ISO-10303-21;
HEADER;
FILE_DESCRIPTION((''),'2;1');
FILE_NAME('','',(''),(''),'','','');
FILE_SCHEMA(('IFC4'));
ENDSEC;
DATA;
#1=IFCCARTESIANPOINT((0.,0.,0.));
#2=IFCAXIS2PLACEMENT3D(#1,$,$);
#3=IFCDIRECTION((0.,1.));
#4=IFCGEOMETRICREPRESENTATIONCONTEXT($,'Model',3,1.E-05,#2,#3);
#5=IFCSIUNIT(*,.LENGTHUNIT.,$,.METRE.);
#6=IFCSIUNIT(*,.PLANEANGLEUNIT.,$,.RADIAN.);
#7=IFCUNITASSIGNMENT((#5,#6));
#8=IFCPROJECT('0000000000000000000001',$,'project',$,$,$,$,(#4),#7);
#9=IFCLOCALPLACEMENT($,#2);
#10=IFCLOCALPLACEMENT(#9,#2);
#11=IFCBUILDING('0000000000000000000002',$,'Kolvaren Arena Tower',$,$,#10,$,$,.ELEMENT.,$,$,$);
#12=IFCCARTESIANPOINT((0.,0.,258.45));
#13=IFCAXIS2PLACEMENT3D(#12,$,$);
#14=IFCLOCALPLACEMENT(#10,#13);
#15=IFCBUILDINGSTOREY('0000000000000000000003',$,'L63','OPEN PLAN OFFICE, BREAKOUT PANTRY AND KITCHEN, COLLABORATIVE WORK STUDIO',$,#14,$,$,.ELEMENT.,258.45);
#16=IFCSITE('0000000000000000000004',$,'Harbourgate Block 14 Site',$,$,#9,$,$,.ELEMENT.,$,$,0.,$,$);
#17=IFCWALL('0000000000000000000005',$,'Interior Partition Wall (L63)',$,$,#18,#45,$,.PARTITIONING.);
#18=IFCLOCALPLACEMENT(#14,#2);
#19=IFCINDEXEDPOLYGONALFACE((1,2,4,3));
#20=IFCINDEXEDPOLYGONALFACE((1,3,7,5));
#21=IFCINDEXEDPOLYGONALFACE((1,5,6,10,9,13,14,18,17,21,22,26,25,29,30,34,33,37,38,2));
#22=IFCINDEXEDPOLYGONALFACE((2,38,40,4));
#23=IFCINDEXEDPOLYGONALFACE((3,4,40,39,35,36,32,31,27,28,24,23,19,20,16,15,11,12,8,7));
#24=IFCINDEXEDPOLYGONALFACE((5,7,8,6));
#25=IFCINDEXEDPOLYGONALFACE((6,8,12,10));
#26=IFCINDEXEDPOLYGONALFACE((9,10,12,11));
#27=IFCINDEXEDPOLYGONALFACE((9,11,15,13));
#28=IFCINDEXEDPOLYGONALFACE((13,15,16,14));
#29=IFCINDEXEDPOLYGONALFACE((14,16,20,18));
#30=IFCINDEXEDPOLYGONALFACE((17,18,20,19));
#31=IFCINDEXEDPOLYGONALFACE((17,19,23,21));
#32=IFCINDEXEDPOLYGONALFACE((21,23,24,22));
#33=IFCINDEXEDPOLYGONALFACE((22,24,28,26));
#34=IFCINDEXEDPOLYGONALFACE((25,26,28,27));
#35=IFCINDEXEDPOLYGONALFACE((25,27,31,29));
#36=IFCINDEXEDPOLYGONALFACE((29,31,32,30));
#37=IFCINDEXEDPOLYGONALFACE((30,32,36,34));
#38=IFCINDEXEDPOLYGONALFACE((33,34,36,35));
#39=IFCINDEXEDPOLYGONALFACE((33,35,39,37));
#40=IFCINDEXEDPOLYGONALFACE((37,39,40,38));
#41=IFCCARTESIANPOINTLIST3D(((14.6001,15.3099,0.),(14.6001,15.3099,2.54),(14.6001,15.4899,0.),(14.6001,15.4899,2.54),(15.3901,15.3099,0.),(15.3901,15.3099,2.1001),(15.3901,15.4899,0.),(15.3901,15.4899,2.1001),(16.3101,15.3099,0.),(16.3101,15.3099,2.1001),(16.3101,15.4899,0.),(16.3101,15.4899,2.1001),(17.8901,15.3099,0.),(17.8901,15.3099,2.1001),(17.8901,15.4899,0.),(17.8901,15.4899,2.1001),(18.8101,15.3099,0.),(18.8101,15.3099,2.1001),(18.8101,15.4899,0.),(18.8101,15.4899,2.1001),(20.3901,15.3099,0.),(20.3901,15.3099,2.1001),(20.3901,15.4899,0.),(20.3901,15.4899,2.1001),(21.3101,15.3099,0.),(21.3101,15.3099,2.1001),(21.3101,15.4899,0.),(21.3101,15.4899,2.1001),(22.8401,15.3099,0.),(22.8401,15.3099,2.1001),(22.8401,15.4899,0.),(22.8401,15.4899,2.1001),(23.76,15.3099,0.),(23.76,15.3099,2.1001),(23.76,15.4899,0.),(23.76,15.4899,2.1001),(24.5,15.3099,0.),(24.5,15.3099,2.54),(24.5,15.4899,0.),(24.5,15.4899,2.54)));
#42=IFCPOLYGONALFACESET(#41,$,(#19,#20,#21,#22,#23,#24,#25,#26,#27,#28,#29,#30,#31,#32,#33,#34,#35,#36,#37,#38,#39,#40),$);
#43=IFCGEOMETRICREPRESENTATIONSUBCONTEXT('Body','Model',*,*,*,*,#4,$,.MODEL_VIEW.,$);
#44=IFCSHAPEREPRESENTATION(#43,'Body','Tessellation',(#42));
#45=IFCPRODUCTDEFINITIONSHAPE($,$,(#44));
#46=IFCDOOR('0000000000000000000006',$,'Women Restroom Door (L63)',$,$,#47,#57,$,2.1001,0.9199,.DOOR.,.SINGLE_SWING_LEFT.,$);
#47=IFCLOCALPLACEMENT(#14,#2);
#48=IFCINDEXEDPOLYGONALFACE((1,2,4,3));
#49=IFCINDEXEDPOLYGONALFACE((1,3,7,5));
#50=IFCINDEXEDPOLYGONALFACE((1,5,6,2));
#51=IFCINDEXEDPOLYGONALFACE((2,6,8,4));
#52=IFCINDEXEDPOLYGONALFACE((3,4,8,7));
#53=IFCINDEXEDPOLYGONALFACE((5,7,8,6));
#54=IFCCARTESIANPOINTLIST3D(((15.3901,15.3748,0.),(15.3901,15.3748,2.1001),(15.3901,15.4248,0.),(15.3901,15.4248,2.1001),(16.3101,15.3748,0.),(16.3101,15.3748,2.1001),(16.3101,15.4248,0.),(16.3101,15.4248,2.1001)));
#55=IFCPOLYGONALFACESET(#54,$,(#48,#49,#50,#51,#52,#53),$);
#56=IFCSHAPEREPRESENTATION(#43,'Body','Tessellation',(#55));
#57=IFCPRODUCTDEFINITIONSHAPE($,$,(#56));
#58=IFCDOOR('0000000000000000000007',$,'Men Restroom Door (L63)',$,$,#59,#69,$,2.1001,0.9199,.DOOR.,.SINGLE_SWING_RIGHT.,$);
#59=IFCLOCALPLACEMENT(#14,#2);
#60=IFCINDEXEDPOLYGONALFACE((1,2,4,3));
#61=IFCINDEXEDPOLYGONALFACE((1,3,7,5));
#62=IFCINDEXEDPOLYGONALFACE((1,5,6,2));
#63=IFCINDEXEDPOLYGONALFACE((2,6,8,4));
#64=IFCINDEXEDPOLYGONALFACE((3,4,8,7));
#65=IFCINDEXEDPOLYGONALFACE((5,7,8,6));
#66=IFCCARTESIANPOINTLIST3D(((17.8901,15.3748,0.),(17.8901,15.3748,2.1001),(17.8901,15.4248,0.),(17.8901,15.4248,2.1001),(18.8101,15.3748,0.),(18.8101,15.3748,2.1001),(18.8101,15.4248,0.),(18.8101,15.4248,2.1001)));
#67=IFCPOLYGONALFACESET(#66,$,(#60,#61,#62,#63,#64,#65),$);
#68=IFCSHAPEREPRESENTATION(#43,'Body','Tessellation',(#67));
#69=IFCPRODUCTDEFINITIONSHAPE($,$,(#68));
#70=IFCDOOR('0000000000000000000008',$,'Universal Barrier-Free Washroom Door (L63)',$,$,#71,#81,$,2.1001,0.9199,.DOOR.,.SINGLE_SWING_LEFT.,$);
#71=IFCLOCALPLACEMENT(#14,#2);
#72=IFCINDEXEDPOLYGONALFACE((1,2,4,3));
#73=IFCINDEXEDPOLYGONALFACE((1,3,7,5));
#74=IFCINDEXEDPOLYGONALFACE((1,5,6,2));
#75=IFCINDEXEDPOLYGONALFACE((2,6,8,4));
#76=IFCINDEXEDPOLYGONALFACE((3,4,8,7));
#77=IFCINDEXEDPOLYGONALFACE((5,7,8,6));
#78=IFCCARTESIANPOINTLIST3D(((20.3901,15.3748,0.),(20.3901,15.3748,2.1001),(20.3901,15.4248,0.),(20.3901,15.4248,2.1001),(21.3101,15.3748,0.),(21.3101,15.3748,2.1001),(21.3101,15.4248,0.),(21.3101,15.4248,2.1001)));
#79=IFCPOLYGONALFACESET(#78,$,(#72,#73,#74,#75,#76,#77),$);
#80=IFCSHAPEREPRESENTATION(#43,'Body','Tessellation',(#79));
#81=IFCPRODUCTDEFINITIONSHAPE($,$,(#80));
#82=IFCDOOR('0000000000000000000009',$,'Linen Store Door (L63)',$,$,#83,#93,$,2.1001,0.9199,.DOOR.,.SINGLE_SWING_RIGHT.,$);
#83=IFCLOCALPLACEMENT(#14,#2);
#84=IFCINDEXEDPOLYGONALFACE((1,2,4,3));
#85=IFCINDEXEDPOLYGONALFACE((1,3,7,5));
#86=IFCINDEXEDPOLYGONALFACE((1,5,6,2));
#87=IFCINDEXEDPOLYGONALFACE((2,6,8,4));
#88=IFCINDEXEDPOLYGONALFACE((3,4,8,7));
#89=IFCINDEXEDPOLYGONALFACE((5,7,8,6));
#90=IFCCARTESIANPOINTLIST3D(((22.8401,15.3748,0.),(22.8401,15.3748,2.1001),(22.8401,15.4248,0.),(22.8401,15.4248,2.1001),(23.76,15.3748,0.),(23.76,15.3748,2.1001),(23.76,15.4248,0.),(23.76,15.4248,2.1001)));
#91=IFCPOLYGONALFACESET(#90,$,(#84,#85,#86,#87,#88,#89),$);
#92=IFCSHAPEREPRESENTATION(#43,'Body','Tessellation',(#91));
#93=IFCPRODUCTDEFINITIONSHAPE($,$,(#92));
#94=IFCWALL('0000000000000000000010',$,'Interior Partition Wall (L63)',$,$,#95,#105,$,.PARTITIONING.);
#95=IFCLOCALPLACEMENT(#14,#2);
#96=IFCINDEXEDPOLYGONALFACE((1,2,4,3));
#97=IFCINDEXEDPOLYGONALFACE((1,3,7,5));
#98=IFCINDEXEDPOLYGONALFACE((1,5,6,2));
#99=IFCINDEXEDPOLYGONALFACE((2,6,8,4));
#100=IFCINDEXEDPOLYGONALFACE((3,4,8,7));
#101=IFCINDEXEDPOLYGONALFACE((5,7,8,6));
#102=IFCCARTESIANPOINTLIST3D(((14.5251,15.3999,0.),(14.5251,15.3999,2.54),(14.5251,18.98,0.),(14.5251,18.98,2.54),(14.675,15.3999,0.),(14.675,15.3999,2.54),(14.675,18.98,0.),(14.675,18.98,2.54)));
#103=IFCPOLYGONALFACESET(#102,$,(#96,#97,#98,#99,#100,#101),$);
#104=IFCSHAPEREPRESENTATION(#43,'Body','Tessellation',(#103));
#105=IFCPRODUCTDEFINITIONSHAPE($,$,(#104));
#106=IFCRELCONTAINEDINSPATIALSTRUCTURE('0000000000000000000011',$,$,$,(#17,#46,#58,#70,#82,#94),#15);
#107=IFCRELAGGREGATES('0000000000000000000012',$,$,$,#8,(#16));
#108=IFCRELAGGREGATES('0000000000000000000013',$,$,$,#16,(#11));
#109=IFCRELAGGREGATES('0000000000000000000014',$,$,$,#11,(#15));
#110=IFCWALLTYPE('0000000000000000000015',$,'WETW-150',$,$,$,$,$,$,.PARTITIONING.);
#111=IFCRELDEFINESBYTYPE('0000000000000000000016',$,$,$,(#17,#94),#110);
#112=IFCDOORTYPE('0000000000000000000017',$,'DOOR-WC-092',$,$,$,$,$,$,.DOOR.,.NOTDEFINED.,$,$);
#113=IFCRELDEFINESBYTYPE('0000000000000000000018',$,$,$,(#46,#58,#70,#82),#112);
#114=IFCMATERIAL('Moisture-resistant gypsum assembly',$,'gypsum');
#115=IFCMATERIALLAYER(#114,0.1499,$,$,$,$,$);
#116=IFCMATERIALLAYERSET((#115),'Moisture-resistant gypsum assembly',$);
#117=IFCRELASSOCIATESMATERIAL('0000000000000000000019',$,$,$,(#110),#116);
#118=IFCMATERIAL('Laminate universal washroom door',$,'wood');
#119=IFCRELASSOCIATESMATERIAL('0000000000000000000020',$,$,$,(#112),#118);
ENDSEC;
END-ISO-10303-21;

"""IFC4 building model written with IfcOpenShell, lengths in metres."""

from ifc_helpers import new_model, si_unit, direction, frame, frame_2d, origin, place, context, subcontext, project, spatial, rectangle, extrude, material, layer, layer_set, type_object, element, fill, save


model = new_model("IFC4")

# Units and contexts
model_context = context("Model", 3, precision=1e-05, world=origin(), true_north=direction((0.0, 1.0)))
body_context = subcontext(model_context, "Body", "Model", "MODEL_VIEW")
ifc_project = project(units=[si_unit("LENGTHUNIT", "METRE"), si_unit("PLANEANGLEUNIT", "RADIAN")], contexts=[model_context])

# Site, building, storey
site_placement = place(None, origin())
site = spatial("IfcSite", under=ifc_project, at=site_placement, Name="Harbourgate Block 14 Site", CompositionType="ELEMENT", RefElevation=0.0)
building_placement = place(site_placement, origin())
building = spatial("IfcBuilding", under=site, at=building_placement, Name="Kolvaren Arena Tower", CompositionType="ELEMENT")
storey_placement = place(building_placement, frame((0.0, 0.0, 258.45)))
storey = spatial("IfcBuildingStorey", under=building, at=storey_placement, Name="L63", Description="OPEN PLAN OFFICE, BREAKOUT PANTRY AND KITCHEN, COLLABORATIVE WORK STUDIO", CompositionType="ELEMENT", Elevation=258.45)

# Wall, openings, doors
ifc_material_1 = material(Name="Moisture-resistant gypsum assembly", Category="gypsum")
ifc_layer_1 = layer(ifc_material_1, 0.1499)
ifc_layer_set_1 = layer_set([ifc_layer_1], Name="Moisture-resistant gypsum assembly")
wall_type_1 = type_object("IfcWallType", Name="WETW-150", PredefinedType="PARTITIONING", material=ifc_layer_set_1)
wall_1_placement = place(storey_placement, frame((14.6001, 15.3999, 0.0), z_axis=(0.0, 0.0, 1.0), x_axis=(1.0, 0.0, 0.0)))
wall_1 = element("IfcWall", 1, at=wall_1_placement, inside=storey, type_object=wall_type_1, Name="Interior Partition Wall (L63)", PredefinedType="PARTITIONING", context=body_context, shape_type="SweptSolid", body=[
    extrude(rectangle(XDim=9.8999, YDim=0.1799, at=frame_2d((4.95, 0.0))), origin(), (0.0, 0.0, 1.0), 2.54),
])
opening_1_placement = place(wall_1_placement, frame((0.79, 0.0, 0.0)))
opening_1 = element("IfcOpeningElement", 2, at=opening_1_placement, cuts=wall_1, PredefinedType="OPENING", context=body_context, shape_type="SweptSolid", body=[
    extrude(rectangle(XDim=0.9199, YDim=2.1001, at=frame_2d((0.46, 1.05))), frame((0.0, 0.0999, 0.0), z_axis=(0.0, -1.0, 0.0), x_axis=(1.0, 0.0, 0.0)), (0.0, 0.0, 1.0), 0.2),
])
opening_2_placement = place(wall_1_placement, frame((3.29, 0.0, 0.0)))
opening_2 = element("IfcOpeningElement", 3, at=opening_2_placement, cuts=wall_1, PredefinedType="OPENING", context=body_context, shape_type="SweptSolid", body=[
    extrude(rectangle(XDim=0.9199, YDim=2.1001, at=frame_2d((0.46, 1.05))), frame((0.0, 0.0999, 0.0), z_axis=(0.0, -1.0, 0.0), x_axis=(1.0, 0.0, 0.0)), (0.0, 0.0, 1.0), 0.2),
])
opening_3_placement = place(wall_1_placement, frame((5.79, 0.0, 0.0)))
opening_3 = element("IfcOpeningElement", 4, at=opening_3_placement, cuts=wall_1, PredefinedType="OPENING", context=body_context, shape_type="SweptSolid", body=[
    extrude(rectangle(XDim=0.9199, YDim=2.1001, at=frame_2d((0.46, 1.05))), frame((0.0, 0.0999, 0.0), z_axis=(0.0, -1.0, 0.0), x_axis=(1.0, 0.0, 0.0)), (0.0, 0.0, 1.0), 0.2),
])
opening_4_placement = place(wall_1_placement, frame((8.24, 0.0, 0.0)))
opening_4 = element("IfcOpeningElement", 5, at=opening_4_placement, cuts=wall_1, PredefinedType="OPENING", context=body_context, shape_type="SweptSolid", body=[
    extrude(rectangle(XDim=0.9199, YDim=2.1001, at=frame_2d((0.46, 1.05))), frame((0.0, 0.0999, 0.0), z_axis=(0.0, -1.0, 0.0), x_axis=(1.0, 0.0, 0.0)), (0.0, 0.0, 1.0), 0.2),
])
ifc_material_2 = material(Name="Laminate universal washroom door", Category="wood")
door_type_1 = type_object("IfcDoorType", Name="DOOR-WC-092", OperationType="NOTDEFINED", PredefinedType="DOOR", material=ifc_material_2)
door_1_placement = place(opening_1_placement, origin())
door_1 = element("IfcDoor", 6, at=door_1_placement, inside=storey, type_object=door_type_1, Name="Women Restroom Door (L63)", OperationType="SINGLE_SWING_LEFT", OverallHeight=2.1001, OverallWidth=0.9199, PredefinedType="DOOR", context=body_context, shape_type="SweptSolid", body=[
    extrude(rectangle(XDim=0.9199, YDim=2.1001, at=frame_2d((0.46, 1.05))), frame((0.0, 0.0249, 0.0), z_axis=(0.0, -1.0, 0.0), x_axis=(1.0, 0.0, 0.0)), (0.0, 0.0, 1.0), 0.05),
])
fill(opening_1, door_1)
door_2_placement = place(opening_2_placement, origin())
door_2 = element("IfcDoor", 7, at=door_2_placement, inside=storey, type_object=door_type_1, Name="Men Restroom Door (L63)", OperationType="SINGLE_SWING_RIGHT", OverallHeight=2.1001, OverallWidth=0.9199, PredefinedType="DOOR", context=body_context, shape_type="SweptSolid", body=[
    extrude(rectangle(XDim=0.9199, YDim=2.1001, at=frame_2d((0.46, 1.05))), frame((0.0, 0.0249, 0.0), z_axis=(0.0, -1.0, 0.0), x_axis=(1.0, 0.0, 0.0)), (0.0, 0.0, 1.0), 0.05),
])
fill(opening_2, door_2)
door_3_placement = place(opening_3_placement, origin())
door_3 = element("IfcDoor", 8, at=door_3_placement, inside=storey, type_object=door_type_1, Name="Universal Barrier-Free Washroom Door (L63)", OperationType="SINGLE_SWING_LEFT", OverallHeight=2.1001, OverallWidth=0.9199, PredefinedType="DOOR", context=body_context, shape_type="SweptSolid", body=[
    extrude(rectangle(XDim=0.9199, YDim=2.1001, at=frame_2d((0.46, 1.05))), frame((0.0, 0.0249, 0.0), z_axis=(0.0, -1.0, 0.0), x_axis=(1.0, 0.0, 0.0)), (0.0, 0.0, 1.0), 0.05),
])
fill(opening_3, door_3)
door_4_placement = place(opening_4_placement, origin())
door_4 = element("IfcDoor", 9, at=door_4_placement, inside=storey, type_object=door_type_1, Name="Linen Store Door (L63)", OperationType="SINGLE_SWING_RIGHT", OverallHeight=2.1001, OverallWidth=0.9199, PredefinedType="DOOR", context=body_context, shape_type="SweptSolid", body=[
    extrude(rectangle(XDim=0.9199, YDim=2.1001, at=frame_2d((0.46, 1.05))), frame((0.0, 0.0249, 0.0), z_axis=(0.0, -1.0, 0.0), x_axis=(1.0, 0.0, 0.0)), (0.0, 0.0, 1.0), 0.05),
])
fill(opening_4, door_4)

# Wall
wall_2_placement = place(storey_placement, frame((14.6001, 15.3999, 0.0), z_axis=(0.0, 0.0, 1.0), x_axis=(0.0, 1.0, 0.0)))
element("IfcWall", 10, at=wall_2_placement, inside=storey, type_object=wall_type_1, Name="Interior Partition Wall (L63)", PredefinedType="PARTITIONING", context=body_context, shape_type="SweptSolid", body=[
    extrude(rectangle(XDim=3.5801, YDim=0.1499, at=frame_2d((1.79, 0.0))), origin(), (0.0, 0.0, 1.0), 2.54),
])

save(model, "model.ifc")
